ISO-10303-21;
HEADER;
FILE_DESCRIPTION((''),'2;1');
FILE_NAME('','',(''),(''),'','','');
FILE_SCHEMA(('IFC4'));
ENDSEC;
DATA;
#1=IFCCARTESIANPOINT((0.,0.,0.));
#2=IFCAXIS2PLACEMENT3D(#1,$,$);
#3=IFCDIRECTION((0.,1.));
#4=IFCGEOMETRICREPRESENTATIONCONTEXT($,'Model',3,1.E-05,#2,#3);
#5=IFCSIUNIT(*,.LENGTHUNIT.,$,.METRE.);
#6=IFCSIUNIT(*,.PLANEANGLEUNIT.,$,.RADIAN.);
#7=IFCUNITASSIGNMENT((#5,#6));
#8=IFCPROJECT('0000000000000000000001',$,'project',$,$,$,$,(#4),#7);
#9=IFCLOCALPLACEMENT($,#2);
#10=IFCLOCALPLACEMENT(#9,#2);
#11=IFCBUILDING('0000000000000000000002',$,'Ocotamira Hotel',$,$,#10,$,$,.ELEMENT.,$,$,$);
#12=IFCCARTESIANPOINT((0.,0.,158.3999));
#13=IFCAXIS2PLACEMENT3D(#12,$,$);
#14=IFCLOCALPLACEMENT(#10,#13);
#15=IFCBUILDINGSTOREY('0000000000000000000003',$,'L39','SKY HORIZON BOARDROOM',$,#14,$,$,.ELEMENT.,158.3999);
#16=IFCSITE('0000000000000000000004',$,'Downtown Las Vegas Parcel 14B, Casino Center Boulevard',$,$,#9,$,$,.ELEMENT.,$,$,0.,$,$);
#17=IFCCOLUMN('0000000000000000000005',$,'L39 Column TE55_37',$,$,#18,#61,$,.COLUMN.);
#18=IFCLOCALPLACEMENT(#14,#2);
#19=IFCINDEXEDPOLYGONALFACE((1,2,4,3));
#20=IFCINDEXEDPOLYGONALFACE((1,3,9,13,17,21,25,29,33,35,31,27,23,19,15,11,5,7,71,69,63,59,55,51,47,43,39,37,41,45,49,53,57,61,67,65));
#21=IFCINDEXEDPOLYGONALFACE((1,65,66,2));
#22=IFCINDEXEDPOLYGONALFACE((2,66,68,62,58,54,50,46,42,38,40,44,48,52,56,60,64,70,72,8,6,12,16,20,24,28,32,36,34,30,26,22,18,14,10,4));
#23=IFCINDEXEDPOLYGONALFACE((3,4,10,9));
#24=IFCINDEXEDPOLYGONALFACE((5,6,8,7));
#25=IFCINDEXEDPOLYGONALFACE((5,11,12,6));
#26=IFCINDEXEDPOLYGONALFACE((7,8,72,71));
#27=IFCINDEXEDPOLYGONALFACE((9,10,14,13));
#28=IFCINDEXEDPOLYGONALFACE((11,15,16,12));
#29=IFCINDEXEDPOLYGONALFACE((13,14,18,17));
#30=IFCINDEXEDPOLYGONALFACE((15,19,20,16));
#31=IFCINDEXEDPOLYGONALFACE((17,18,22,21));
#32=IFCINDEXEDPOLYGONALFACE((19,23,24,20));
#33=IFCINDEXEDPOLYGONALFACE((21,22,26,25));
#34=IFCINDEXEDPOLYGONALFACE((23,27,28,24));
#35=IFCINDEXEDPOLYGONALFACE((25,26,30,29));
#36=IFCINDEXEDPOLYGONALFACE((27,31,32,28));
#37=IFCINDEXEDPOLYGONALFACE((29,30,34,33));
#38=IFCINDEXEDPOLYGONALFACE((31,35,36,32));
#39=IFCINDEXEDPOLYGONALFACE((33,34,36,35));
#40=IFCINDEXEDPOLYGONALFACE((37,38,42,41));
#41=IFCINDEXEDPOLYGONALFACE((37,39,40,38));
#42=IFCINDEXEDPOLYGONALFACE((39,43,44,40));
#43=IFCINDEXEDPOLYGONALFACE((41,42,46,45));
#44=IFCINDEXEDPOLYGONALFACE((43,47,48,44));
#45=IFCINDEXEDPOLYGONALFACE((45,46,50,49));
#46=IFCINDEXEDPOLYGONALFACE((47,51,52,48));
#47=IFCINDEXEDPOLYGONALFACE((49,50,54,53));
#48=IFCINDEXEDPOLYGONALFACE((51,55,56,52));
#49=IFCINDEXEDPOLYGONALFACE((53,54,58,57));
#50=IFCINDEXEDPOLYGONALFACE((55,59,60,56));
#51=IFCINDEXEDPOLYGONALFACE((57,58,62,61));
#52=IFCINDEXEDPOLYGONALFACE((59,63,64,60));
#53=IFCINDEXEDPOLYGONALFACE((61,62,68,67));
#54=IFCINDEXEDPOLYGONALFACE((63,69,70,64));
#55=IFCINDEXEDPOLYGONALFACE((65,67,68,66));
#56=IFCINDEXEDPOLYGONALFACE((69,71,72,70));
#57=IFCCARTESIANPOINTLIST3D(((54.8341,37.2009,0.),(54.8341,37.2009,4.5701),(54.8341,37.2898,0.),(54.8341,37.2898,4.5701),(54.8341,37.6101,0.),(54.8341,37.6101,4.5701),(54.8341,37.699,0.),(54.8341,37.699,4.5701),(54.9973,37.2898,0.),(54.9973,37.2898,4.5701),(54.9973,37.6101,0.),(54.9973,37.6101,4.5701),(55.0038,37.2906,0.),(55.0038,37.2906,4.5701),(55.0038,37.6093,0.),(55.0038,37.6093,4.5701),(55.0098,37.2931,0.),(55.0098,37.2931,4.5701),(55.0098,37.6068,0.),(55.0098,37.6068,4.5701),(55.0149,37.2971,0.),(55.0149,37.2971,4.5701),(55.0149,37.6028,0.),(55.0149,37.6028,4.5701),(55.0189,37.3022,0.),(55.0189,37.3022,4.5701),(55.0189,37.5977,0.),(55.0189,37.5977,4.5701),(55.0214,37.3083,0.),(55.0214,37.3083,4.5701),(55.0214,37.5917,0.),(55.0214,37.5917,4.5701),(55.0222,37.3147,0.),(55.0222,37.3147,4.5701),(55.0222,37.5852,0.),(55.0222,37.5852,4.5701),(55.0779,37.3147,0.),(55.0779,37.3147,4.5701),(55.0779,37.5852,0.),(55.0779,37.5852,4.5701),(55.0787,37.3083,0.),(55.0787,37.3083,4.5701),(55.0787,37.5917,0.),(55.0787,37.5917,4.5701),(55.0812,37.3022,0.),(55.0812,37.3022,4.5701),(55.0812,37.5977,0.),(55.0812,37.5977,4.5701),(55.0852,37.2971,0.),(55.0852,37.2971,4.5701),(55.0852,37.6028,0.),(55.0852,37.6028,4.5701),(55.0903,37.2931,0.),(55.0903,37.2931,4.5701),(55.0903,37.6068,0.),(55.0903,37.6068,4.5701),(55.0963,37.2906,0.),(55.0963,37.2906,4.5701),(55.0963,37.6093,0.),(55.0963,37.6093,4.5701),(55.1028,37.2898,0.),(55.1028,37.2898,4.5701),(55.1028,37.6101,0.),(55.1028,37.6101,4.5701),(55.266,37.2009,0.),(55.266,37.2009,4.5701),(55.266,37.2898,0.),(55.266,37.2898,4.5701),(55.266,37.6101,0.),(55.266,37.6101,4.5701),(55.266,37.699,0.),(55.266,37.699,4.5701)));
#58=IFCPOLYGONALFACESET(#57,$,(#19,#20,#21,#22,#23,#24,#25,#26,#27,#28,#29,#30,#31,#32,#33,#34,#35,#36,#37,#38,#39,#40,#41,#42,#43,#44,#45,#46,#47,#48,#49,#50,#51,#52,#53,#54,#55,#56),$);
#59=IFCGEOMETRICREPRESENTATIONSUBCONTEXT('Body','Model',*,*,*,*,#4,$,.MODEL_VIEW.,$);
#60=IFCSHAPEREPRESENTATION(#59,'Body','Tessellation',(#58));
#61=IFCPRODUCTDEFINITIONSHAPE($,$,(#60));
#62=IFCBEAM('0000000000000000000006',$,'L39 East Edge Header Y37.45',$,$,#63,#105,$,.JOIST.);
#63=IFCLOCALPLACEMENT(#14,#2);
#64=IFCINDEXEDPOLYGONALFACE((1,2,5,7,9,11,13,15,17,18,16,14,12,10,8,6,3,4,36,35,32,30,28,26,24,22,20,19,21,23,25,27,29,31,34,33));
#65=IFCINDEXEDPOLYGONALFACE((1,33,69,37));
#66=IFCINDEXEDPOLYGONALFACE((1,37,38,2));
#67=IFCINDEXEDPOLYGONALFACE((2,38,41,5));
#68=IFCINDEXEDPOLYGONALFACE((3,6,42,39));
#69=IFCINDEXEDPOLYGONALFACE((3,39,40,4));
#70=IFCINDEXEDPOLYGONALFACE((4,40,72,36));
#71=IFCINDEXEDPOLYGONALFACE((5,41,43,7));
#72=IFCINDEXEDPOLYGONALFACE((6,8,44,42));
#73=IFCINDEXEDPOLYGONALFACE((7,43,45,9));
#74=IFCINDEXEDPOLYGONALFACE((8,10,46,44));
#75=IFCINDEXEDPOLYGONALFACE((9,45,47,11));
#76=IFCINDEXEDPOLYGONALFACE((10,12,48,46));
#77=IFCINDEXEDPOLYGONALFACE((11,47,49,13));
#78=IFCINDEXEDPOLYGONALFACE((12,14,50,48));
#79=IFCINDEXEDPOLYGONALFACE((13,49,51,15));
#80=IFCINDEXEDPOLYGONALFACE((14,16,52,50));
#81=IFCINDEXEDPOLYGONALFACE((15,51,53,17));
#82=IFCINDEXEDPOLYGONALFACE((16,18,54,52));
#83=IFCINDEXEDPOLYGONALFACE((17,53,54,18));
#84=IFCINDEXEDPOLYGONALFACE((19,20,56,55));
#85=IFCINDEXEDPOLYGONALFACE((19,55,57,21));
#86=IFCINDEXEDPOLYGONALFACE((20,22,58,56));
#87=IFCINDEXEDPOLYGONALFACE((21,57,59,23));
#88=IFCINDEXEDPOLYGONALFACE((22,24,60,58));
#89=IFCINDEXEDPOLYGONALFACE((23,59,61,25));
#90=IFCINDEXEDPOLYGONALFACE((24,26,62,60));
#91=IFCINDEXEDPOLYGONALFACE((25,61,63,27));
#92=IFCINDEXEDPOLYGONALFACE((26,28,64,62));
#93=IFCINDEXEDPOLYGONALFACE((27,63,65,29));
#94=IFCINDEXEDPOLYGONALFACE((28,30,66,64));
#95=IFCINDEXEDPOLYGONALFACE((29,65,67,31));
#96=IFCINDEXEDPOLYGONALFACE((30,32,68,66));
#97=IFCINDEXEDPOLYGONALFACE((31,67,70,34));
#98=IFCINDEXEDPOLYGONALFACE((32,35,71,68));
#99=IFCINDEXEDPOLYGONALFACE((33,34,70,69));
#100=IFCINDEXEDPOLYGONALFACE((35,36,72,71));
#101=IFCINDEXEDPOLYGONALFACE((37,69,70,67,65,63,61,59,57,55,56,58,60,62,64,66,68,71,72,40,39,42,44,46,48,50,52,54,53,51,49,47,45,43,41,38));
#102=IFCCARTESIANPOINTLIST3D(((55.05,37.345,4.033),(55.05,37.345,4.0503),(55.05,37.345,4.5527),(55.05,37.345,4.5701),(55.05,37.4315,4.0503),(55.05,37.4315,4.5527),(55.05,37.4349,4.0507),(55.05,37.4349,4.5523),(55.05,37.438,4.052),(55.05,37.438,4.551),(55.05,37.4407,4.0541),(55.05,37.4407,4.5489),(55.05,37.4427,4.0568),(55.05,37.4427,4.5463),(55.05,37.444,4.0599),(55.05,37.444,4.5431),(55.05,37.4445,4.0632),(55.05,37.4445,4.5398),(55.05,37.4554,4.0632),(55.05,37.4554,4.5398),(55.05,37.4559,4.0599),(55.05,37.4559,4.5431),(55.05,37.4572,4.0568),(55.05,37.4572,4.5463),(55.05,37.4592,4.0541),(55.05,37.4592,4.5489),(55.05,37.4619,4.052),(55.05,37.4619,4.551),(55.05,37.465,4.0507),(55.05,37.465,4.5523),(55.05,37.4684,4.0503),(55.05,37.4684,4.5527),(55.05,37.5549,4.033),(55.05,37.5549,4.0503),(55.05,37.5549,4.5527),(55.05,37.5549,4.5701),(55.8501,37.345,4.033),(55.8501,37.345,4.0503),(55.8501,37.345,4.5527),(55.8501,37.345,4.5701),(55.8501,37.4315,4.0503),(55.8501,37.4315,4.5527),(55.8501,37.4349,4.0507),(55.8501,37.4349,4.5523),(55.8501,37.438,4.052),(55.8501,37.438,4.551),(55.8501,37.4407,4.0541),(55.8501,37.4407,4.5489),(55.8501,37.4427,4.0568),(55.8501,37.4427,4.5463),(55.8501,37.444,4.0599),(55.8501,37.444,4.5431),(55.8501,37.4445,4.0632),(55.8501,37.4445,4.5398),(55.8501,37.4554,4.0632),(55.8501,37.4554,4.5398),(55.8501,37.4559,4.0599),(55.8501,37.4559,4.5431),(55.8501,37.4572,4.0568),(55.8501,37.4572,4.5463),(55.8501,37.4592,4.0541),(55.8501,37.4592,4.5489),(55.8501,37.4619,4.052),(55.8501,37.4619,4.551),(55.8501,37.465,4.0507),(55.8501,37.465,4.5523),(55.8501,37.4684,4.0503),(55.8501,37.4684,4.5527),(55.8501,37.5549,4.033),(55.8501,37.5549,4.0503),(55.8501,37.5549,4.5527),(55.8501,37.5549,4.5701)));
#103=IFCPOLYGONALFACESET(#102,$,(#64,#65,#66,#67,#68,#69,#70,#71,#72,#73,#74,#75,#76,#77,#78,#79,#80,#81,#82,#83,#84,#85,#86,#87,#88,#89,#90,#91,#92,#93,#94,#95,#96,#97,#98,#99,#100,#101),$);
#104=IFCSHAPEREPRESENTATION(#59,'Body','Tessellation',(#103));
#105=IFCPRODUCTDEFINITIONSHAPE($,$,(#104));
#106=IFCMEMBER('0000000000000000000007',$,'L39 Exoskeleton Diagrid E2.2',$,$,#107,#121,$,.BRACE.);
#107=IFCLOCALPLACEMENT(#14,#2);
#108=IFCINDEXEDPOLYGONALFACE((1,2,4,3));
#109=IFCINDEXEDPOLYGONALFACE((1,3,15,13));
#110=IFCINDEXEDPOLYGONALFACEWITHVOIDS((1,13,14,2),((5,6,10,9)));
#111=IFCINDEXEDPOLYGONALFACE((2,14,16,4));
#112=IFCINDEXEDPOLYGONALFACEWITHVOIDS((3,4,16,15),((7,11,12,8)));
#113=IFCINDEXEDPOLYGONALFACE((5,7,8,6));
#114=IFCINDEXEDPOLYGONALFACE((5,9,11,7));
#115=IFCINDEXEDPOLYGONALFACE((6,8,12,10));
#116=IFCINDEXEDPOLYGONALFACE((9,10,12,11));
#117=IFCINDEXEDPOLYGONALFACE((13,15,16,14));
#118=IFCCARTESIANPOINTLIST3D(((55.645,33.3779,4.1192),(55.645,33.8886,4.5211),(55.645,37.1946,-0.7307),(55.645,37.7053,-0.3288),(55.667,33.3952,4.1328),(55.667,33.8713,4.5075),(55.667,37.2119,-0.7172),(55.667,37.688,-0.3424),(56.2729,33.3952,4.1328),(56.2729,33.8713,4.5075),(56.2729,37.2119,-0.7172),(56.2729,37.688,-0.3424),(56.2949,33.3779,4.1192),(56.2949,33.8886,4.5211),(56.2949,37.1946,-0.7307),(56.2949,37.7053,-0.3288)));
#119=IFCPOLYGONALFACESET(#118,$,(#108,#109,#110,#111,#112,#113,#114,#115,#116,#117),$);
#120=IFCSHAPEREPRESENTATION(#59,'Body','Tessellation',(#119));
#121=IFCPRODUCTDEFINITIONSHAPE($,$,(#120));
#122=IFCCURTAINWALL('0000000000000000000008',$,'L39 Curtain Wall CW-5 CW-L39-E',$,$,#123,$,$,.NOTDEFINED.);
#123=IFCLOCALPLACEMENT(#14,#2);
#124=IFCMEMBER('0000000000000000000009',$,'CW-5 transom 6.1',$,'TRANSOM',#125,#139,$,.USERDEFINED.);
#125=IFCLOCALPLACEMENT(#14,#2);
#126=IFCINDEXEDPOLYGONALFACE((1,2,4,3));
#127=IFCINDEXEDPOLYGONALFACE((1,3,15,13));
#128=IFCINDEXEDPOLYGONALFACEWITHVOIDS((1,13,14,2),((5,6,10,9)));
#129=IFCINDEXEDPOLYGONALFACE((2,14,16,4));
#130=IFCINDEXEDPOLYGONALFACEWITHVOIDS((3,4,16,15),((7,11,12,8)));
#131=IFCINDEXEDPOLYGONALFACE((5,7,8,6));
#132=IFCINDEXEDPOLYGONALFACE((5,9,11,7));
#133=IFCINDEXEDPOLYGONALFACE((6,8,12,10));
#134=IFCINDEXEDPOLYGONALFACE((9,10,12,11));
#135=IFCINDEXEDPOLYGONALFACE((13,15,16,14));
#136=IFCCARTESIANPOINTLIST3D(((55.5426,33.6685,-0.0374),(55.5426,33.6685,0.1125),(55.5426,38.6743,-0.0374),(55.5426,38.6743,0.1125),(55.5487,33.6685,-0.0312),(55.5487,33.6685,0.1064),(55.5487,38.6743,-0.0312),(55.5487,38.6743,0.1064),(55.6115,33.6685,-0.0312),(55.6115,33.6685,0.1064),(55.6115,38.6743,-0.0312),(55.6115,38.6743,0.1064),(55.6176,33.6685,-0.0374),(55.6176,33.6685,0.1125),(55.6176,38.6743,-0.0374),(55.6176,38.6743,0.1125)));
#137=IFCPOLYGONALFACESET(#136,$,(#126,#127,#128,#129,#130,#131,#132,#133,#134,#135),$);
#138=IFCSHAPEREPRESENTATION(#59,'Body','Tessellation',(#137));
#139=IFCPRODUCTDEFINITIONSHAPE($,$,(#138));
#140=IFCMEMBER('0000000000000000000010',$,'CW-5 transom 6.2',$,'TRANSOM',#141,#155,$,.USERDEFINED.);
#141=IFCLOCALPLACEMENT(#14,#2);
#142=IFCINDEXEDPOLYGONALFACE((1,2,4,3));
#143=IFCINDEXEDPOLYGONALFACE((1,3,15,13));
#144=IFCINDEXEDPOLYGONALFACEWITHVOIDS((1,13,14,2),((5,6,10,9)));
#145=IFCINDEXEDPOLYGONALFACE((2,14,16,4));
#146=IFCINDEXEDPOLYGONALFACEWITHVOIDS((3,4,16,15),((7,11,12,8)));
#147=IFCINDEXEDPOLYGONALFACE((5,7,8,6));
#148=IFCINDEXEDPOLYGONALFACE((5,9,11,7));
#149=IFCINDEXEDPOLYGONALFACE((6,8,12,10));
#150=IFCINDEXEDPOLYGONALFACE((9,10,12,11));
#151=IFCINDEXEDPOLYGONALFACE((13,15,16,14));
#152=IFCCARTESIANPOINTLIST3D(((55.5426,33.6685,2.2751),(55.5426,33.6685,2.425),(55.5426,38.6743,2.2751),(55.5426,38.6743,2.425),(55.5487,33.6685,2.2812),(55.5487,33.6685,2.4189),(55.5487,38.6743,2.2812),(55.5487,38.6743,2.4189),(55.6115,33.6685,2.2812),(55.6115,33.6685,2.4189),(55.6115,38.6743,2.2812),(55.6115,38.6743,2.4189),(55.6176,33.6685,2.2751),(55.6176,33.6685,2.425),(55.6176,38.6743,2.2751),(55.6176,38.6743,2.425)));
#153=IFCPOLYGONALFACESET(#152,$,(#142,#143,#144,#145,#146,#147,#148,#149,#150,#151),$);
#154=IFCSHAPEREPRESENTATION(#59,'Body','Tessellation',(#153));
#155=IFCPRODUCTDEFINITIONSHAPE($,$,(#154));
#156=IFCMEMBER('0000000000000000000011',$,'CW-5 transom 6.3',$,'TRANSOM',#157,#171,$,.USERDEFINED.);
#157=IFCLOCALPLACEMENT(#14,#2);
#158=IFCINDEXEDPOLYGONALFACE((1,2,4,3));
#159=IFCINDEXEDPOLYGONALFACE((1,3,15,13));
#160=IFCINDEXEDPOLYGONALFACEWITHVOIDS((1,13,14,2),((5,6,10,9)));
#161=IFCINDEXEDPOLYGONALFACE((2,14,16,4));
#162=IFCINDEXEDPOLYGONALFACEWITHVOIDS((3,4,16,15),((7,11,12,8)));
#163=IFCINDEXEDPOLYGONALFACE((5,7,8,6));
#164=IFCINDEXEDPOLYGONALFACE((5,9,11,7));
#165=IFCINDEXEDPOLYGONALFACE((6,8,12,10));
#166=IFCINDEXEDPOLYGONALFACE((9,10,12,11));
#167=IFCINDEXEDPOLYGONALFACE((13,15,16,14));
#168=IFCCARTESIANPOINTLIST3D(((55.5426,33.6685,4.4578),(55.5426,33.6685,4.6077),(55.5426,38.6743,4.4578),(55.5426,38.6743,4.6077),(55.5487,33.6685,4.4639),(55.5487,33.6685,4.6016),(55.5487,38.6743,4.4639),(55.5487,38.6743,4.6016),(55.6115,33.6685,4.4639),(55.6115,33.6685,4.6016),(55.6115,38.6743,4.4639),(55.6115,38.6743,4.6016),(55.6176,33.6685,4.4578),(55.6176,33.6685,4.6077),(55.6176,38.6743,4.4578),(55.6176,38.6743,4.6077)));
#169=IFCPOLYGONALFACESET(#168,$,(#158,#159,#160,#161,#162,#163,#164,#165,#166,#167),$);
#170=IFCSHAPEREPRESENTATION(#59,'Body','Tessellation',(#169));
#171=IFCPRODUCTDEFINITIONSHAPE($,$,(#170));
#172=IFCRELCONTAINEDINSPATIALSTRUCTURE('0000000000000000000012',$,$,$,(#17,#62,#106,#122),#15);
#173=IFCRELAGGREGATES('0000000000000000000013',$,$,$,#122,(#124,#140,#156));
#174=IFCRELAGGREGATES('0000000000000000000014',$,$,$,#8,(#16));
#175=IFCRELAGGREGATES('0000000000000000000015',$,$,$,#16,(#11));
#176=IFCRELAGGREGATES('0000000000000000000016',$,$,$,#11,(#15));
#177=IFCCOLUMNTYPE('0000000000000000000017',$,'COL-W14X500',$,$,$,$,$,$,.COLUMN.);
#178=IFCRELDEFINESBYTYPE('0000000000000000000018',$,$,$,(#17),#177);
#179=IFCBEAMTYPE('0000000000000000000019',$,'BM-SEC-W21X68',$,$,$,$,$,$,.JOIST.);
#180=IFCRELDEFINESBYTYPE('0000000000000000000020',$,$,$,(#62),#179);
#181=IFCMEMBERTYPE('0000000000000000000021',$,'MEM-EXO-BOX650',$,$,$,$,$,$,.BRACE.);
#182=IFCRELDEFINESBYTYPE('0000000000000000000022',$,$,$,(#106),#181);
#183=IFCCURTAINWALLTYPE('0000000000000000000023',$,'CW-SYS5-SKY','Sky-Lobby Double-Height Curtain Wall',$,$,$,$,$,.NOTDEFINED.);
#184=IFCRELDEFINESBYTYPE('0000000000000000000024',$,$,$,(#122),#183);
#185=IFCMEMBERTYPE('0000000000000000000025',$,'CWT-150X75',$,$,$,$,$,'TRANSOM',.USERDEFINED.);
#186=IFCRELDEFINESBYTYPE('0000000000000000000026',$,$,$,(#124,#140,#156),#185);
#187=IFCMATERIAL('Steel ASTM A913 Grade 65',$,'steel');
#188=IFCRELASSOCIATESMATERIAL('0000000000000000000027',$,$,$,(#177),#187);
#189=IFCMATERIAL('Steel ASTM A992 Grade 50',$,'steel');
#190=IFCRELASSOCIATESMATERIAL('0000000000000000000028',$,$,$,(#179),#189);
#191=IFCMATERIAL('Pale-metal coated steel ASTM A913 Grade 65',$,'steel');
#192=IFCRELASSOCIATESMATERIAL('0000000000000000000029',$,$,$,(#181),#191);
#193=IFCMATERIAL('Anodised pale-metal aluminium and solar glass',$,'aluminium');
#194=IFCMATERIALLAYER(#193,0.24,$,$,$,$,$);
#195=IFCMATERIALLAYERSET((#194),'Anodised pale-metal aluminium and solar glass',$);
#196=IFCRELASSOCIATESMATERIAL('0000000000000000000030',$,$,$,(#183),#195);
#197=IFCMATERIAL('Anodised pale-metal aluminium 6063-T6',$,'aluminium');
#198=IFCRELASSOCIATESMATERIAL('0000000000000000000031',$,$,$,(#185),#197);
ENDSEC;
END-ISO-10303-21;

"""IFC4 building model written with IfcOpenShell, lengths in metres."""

from ifc_helpers import new_model, si_unit, direction, frame, origin, origin_2d, place, context, subcontext, project, spatial, hollow_rectangle, i_section, extrude, source, transform, mapped, material, layer, layer_set, material_profile, profile_set, type_object, element, aggregate, save


model = new_model("IFC4")

# Units and contexts
model_context = context("Model", 3, precision=1e-05, world=origin(), true_north=direction((0.0, 1.0)))
body_context = subcontext(model_context, "Body", "Model", "MODEL_VIEW")
ifc_project = project(units=[si_unit("LENGTHUNIT", "METRE"), si_unit("PLANEANGLEUNIT", "RADIAN")], contexts=[model_context])

# Site, building, storey
site_placement = place(None, origin())
site = spatial("IfcSite", under=ifc_project, at=site_placement, Name="Downtown Las Vegas Parcel 14B, Casino Center Boulevard", CompositionType="ELEMENT", RefElevation=0.0)
building_placement = place(site_placement, origin())
building = spatial("IfcBuilding", under=site, at=building_placement, Name="Ocotamira Hotel", CompositionType="ELEMENT")
storey_placement = place(building_placement, frame((0.0, 0.0, 158.3999)))
storey = spatial("IfcBuildingStorey", under=building, at=storey_placement, Name="L39", Description="SKY HORIZON BOARDROOM", CompositionType="ELEMENT", Elevation=158.3999)

# Column
ifc_material_1 = material(Name="Steel ASTM A913 Grade 65", Category="steel")
ifc_material_profile_1 = material_profile(ifc_material_1, i_section(OverallWidth=0.4319, OverallDepth=0.498, WebThickness=0.0557, FlangeThickness=0.0889, FilletRadius=0.0249, at=origin_2d()), Name="W14X500")
ifc_profile_set_1 = profile_set([ifc_material_profile_1], Name="Steel ASTM A913 Grade 65")
column_type = type_object("IfcColumnType", Name="COL-W14X500", PredefinedType="COLUMN", material=ifc_profile_set_1)
shared_shape_1 = source(origin(), body_context, "Body", "SweptSolid", [
    extrude(i_section(OverallWidth=0.4319, OverallDepth=0.498, WebThickness=0.0557, FlangeThickness=0.0889, FilletRadius=0.0249, at=origin_2d()), origin(), (0.0, 0.0, 1.0), 4.5701),
])
column_placement = place(storey_placement, frame((55.05, 37.45, 0.0), z_axis=(0.0, 0.0, 1.0), x_axis=(1.0, 0.0, 0.0)))
element("IfcColumn", 1, at=column_placement, inside=storey, type_object=column_type, Name="L39 Column TE55_37", PredefinedType="COLUMN", context=body_context, shape_type="MappedRepresentation", body=[
    mapped(shared_shape_1, transform((0.0, 0.0, 0.0), scale=1.0)),
])

# Beam
ifc_material_2 = material(Name="Steel ASTM A992 Grade 50", Category="steel")
ifc_material_profile_2 = material_profile(ifc_material_2, i_section(OverallWidth=0.21, OverallDepth=0.5371, WebThickness=0.011, FlangeThickness=0.0173, FilletRadius=0.0129, at=origin_2d()), Name="W21X68")
ifc_profile_set_2 = profile_set([ifc_material_profile_2], Name="Steel ASTM A992 Grade 50")
beam_type = type_object("IfcBeamType", Name="BM-SEC-W21X68", PredefinedType="JOIST", material=ifc_profile_set_2)
shared_shape_2 = source(origin(), body_context, "Body", "SweptSolid", [
    extrude(i_section(OverallWidth=0.21, OverallDepth=0.5371, WebThickness=0.011, FlangeThickness=0.0173, FilletRadius=0.0129, at=origin_2d()), origin(), (0.0, 0.0, 1.0), 0.8),
])
beam_placement = place(storey_placement, frame((55.05, 37.45, 4.3015), z_axis=(1.0, 0.0, 0.0), x_axis=(0.0, 1.0, 0.0)))
element("IfcBeam", 2, at=beam_placement, inside=storey, type_object=beam_type, Name="L39 East Edge Header Y37.45", PredefinedType="JOIST", context=body_context, shape_type="MappedRepresentation", body=[
    mapped(shared_shape_2, transform((0.0, 0.0, 0.0), scale=1.0)),
])

# Member
ifc_material_3 = material(Name="Pale-metal coated steel ASTM A913 Grade 65", Category="steel")
ifc_material_profile_3 = material_profile(ifc_material_3, hollow_rectangle(XDim=0.6499, YDim=0.6499, WallThickness=0.022, at=origin_2d()), Name="BOX650X650X22")
ifc_profile_set_3 = profile_set([ifc_material_profile_3], Name="Pale-metal coated steel ASTM A913 Grade 65")
member_type_1 = type_object("IfcMemberType", Name="MEM-EXO-BOX650", PredefinedType="BRACE", material=ifc_profile_set_3)
shared_shape_3 = source(origin(), body_context, "Body", "SweptSolid", [
    extrude(hollow_rectangle(XDim=0.6499, YDim=0.6499, WallThickness=0.022, at=origin_2d()), origin(), (0.0, 0.0, 1.0), 6.1716),
])
member_1_placement = place(storey_placement, frame((55.97, 37.45, -0.5298), z_axis=(0.0, -0.618428, 0.785842), x_axis=(1.0, 0.0, 0.0)))
element("IfcMember", 3, at=member_1_placement, inside=storey, type_object=member_type_1, Name="L39 Exoskeleton Diagrid E2.2", PredefinedType="BRACE", context=body_context, shape_type="MappedRepresentation", body=[
    mapped(shared_shape_3, transform((0.0, 0.0, 0.0), scale=1.0)),
])

# Curtain wall, members
ifc_material_4 = material(Name="Anodised pale-metal aluminium and solar glass", Category="aluminium")
ifc_layer_1 = layer(ifc_material_4, 0.24)
ifc_layer_set_1 = layer_set([ifc_layer_1], Name="Anodised pale-metal aluminium and solar glass")
curtain_wall_type = type_object("IfcCurtainWallType", Name="CW-SYS5-SKY", Description="Sky-Lobby Double-Height Curtain Wall", PredefinedType="NOTDEFINED", material=ifc_layer_set_1)
curtain_wall_placement = place(storey_placement, origin())
curtain_wall = element("IfcCurtainWall", 4, at=curtain_wall_placement, inside=storey, type_object=curtain_wall_type, Name="L39 Curtain Wall CW-5 CW-L39-E", PredefinedType="NOTDEFINED")
ifc_material_5 = material(Name="Anodised pale-metal aluminium 6063-T6", Category="aluminium")
ifc_material_profile_4 = material_profile(ifc_material_5, hollow_rectangle(XDim=0.075, YDim=0.1499, WallThickness=0.0061, at=origin_2d()), Name="HSS150X75X6")
ifc_profile_set_4 = profile_set([ifc_material_profile_4], Name="Anodised pale-metal aluminium 6063-T6")
member_type_2 = type_object("IfcMemberType", Name="CWT-150X75", ElementType="TRANSOM", PredefinedType="USERDEFINED", material=ifc_profile_set_4)
shared_shape_4 = source(origin(), body_context, "Body", "SweptSolid", [
    extrude(hollow_rectangle(XDim=0.075, YDim=0.1499, WallThickness=0.0061, at=origin_2d()), origin(), (0.0, 0.0, 1.0), 5.0059),
])
member_2_placement = place(storey_placement, frame((55.5801, 33.6685, 0.0376), z_axis=(0.0, 1.0, 0.0), x_axis=(-1.0, 0.0, 0.0)))
member_2 = element("IfcMember", 5, at=member_2_placement, type_object=member_type_2, Name="CW-5 transom 6.1", ObjectType="TRANSOM", PredefinedType="USERDEFINED", context=body_context, shape_type="MappedRepresentation", body=[
    mapped(shared_shape_4, transform((0.0, 0.0, 0.0), scale=1.0)),
])
member_3_placement = place(storey_placement, frame((55.5801, 33.6685, 2.3501), z_axis=(0.0, 1.0, 0.0), x_axis=(-1.0, 0.0, 0.0)))
member_3 = element("IfcMember", 6, at=member_3_placement, type_object=member_type_2, Name="CW-5 transom 6.2", ObjectType="TRANSOM", PredefinedType="USERDEFINED", context=body_context, shape_type="MappedRepresentation", body=[
    mapped(shared_shape_4, transform((0.0, 0.0, 0.0), scale=1.0)),
])
member_4_placement = place(storey_placement, frame((55.5801, 33.6685, 4.5327), z_axis=(0.0, 1.0, 0.0), x_axis=(-1.0, 0.0, 0.0)))
member_4 = element("IfcMember", 7, at=member_4_placement, type_object=member_type_2, Name="CW-5 transom 6.3", ObjectType="TRANSOM", PredefinedType="USERDEFINED", context=body_context, shape_type="MappedRepresentation", body=[
    mapped(shared_shape_4, transform((0.0, 0.0, 0.0), scale=1.0)),
])

aggregate(curtain_wall, [member_2, member_3, member_4])

save(model, "model.ifc")
